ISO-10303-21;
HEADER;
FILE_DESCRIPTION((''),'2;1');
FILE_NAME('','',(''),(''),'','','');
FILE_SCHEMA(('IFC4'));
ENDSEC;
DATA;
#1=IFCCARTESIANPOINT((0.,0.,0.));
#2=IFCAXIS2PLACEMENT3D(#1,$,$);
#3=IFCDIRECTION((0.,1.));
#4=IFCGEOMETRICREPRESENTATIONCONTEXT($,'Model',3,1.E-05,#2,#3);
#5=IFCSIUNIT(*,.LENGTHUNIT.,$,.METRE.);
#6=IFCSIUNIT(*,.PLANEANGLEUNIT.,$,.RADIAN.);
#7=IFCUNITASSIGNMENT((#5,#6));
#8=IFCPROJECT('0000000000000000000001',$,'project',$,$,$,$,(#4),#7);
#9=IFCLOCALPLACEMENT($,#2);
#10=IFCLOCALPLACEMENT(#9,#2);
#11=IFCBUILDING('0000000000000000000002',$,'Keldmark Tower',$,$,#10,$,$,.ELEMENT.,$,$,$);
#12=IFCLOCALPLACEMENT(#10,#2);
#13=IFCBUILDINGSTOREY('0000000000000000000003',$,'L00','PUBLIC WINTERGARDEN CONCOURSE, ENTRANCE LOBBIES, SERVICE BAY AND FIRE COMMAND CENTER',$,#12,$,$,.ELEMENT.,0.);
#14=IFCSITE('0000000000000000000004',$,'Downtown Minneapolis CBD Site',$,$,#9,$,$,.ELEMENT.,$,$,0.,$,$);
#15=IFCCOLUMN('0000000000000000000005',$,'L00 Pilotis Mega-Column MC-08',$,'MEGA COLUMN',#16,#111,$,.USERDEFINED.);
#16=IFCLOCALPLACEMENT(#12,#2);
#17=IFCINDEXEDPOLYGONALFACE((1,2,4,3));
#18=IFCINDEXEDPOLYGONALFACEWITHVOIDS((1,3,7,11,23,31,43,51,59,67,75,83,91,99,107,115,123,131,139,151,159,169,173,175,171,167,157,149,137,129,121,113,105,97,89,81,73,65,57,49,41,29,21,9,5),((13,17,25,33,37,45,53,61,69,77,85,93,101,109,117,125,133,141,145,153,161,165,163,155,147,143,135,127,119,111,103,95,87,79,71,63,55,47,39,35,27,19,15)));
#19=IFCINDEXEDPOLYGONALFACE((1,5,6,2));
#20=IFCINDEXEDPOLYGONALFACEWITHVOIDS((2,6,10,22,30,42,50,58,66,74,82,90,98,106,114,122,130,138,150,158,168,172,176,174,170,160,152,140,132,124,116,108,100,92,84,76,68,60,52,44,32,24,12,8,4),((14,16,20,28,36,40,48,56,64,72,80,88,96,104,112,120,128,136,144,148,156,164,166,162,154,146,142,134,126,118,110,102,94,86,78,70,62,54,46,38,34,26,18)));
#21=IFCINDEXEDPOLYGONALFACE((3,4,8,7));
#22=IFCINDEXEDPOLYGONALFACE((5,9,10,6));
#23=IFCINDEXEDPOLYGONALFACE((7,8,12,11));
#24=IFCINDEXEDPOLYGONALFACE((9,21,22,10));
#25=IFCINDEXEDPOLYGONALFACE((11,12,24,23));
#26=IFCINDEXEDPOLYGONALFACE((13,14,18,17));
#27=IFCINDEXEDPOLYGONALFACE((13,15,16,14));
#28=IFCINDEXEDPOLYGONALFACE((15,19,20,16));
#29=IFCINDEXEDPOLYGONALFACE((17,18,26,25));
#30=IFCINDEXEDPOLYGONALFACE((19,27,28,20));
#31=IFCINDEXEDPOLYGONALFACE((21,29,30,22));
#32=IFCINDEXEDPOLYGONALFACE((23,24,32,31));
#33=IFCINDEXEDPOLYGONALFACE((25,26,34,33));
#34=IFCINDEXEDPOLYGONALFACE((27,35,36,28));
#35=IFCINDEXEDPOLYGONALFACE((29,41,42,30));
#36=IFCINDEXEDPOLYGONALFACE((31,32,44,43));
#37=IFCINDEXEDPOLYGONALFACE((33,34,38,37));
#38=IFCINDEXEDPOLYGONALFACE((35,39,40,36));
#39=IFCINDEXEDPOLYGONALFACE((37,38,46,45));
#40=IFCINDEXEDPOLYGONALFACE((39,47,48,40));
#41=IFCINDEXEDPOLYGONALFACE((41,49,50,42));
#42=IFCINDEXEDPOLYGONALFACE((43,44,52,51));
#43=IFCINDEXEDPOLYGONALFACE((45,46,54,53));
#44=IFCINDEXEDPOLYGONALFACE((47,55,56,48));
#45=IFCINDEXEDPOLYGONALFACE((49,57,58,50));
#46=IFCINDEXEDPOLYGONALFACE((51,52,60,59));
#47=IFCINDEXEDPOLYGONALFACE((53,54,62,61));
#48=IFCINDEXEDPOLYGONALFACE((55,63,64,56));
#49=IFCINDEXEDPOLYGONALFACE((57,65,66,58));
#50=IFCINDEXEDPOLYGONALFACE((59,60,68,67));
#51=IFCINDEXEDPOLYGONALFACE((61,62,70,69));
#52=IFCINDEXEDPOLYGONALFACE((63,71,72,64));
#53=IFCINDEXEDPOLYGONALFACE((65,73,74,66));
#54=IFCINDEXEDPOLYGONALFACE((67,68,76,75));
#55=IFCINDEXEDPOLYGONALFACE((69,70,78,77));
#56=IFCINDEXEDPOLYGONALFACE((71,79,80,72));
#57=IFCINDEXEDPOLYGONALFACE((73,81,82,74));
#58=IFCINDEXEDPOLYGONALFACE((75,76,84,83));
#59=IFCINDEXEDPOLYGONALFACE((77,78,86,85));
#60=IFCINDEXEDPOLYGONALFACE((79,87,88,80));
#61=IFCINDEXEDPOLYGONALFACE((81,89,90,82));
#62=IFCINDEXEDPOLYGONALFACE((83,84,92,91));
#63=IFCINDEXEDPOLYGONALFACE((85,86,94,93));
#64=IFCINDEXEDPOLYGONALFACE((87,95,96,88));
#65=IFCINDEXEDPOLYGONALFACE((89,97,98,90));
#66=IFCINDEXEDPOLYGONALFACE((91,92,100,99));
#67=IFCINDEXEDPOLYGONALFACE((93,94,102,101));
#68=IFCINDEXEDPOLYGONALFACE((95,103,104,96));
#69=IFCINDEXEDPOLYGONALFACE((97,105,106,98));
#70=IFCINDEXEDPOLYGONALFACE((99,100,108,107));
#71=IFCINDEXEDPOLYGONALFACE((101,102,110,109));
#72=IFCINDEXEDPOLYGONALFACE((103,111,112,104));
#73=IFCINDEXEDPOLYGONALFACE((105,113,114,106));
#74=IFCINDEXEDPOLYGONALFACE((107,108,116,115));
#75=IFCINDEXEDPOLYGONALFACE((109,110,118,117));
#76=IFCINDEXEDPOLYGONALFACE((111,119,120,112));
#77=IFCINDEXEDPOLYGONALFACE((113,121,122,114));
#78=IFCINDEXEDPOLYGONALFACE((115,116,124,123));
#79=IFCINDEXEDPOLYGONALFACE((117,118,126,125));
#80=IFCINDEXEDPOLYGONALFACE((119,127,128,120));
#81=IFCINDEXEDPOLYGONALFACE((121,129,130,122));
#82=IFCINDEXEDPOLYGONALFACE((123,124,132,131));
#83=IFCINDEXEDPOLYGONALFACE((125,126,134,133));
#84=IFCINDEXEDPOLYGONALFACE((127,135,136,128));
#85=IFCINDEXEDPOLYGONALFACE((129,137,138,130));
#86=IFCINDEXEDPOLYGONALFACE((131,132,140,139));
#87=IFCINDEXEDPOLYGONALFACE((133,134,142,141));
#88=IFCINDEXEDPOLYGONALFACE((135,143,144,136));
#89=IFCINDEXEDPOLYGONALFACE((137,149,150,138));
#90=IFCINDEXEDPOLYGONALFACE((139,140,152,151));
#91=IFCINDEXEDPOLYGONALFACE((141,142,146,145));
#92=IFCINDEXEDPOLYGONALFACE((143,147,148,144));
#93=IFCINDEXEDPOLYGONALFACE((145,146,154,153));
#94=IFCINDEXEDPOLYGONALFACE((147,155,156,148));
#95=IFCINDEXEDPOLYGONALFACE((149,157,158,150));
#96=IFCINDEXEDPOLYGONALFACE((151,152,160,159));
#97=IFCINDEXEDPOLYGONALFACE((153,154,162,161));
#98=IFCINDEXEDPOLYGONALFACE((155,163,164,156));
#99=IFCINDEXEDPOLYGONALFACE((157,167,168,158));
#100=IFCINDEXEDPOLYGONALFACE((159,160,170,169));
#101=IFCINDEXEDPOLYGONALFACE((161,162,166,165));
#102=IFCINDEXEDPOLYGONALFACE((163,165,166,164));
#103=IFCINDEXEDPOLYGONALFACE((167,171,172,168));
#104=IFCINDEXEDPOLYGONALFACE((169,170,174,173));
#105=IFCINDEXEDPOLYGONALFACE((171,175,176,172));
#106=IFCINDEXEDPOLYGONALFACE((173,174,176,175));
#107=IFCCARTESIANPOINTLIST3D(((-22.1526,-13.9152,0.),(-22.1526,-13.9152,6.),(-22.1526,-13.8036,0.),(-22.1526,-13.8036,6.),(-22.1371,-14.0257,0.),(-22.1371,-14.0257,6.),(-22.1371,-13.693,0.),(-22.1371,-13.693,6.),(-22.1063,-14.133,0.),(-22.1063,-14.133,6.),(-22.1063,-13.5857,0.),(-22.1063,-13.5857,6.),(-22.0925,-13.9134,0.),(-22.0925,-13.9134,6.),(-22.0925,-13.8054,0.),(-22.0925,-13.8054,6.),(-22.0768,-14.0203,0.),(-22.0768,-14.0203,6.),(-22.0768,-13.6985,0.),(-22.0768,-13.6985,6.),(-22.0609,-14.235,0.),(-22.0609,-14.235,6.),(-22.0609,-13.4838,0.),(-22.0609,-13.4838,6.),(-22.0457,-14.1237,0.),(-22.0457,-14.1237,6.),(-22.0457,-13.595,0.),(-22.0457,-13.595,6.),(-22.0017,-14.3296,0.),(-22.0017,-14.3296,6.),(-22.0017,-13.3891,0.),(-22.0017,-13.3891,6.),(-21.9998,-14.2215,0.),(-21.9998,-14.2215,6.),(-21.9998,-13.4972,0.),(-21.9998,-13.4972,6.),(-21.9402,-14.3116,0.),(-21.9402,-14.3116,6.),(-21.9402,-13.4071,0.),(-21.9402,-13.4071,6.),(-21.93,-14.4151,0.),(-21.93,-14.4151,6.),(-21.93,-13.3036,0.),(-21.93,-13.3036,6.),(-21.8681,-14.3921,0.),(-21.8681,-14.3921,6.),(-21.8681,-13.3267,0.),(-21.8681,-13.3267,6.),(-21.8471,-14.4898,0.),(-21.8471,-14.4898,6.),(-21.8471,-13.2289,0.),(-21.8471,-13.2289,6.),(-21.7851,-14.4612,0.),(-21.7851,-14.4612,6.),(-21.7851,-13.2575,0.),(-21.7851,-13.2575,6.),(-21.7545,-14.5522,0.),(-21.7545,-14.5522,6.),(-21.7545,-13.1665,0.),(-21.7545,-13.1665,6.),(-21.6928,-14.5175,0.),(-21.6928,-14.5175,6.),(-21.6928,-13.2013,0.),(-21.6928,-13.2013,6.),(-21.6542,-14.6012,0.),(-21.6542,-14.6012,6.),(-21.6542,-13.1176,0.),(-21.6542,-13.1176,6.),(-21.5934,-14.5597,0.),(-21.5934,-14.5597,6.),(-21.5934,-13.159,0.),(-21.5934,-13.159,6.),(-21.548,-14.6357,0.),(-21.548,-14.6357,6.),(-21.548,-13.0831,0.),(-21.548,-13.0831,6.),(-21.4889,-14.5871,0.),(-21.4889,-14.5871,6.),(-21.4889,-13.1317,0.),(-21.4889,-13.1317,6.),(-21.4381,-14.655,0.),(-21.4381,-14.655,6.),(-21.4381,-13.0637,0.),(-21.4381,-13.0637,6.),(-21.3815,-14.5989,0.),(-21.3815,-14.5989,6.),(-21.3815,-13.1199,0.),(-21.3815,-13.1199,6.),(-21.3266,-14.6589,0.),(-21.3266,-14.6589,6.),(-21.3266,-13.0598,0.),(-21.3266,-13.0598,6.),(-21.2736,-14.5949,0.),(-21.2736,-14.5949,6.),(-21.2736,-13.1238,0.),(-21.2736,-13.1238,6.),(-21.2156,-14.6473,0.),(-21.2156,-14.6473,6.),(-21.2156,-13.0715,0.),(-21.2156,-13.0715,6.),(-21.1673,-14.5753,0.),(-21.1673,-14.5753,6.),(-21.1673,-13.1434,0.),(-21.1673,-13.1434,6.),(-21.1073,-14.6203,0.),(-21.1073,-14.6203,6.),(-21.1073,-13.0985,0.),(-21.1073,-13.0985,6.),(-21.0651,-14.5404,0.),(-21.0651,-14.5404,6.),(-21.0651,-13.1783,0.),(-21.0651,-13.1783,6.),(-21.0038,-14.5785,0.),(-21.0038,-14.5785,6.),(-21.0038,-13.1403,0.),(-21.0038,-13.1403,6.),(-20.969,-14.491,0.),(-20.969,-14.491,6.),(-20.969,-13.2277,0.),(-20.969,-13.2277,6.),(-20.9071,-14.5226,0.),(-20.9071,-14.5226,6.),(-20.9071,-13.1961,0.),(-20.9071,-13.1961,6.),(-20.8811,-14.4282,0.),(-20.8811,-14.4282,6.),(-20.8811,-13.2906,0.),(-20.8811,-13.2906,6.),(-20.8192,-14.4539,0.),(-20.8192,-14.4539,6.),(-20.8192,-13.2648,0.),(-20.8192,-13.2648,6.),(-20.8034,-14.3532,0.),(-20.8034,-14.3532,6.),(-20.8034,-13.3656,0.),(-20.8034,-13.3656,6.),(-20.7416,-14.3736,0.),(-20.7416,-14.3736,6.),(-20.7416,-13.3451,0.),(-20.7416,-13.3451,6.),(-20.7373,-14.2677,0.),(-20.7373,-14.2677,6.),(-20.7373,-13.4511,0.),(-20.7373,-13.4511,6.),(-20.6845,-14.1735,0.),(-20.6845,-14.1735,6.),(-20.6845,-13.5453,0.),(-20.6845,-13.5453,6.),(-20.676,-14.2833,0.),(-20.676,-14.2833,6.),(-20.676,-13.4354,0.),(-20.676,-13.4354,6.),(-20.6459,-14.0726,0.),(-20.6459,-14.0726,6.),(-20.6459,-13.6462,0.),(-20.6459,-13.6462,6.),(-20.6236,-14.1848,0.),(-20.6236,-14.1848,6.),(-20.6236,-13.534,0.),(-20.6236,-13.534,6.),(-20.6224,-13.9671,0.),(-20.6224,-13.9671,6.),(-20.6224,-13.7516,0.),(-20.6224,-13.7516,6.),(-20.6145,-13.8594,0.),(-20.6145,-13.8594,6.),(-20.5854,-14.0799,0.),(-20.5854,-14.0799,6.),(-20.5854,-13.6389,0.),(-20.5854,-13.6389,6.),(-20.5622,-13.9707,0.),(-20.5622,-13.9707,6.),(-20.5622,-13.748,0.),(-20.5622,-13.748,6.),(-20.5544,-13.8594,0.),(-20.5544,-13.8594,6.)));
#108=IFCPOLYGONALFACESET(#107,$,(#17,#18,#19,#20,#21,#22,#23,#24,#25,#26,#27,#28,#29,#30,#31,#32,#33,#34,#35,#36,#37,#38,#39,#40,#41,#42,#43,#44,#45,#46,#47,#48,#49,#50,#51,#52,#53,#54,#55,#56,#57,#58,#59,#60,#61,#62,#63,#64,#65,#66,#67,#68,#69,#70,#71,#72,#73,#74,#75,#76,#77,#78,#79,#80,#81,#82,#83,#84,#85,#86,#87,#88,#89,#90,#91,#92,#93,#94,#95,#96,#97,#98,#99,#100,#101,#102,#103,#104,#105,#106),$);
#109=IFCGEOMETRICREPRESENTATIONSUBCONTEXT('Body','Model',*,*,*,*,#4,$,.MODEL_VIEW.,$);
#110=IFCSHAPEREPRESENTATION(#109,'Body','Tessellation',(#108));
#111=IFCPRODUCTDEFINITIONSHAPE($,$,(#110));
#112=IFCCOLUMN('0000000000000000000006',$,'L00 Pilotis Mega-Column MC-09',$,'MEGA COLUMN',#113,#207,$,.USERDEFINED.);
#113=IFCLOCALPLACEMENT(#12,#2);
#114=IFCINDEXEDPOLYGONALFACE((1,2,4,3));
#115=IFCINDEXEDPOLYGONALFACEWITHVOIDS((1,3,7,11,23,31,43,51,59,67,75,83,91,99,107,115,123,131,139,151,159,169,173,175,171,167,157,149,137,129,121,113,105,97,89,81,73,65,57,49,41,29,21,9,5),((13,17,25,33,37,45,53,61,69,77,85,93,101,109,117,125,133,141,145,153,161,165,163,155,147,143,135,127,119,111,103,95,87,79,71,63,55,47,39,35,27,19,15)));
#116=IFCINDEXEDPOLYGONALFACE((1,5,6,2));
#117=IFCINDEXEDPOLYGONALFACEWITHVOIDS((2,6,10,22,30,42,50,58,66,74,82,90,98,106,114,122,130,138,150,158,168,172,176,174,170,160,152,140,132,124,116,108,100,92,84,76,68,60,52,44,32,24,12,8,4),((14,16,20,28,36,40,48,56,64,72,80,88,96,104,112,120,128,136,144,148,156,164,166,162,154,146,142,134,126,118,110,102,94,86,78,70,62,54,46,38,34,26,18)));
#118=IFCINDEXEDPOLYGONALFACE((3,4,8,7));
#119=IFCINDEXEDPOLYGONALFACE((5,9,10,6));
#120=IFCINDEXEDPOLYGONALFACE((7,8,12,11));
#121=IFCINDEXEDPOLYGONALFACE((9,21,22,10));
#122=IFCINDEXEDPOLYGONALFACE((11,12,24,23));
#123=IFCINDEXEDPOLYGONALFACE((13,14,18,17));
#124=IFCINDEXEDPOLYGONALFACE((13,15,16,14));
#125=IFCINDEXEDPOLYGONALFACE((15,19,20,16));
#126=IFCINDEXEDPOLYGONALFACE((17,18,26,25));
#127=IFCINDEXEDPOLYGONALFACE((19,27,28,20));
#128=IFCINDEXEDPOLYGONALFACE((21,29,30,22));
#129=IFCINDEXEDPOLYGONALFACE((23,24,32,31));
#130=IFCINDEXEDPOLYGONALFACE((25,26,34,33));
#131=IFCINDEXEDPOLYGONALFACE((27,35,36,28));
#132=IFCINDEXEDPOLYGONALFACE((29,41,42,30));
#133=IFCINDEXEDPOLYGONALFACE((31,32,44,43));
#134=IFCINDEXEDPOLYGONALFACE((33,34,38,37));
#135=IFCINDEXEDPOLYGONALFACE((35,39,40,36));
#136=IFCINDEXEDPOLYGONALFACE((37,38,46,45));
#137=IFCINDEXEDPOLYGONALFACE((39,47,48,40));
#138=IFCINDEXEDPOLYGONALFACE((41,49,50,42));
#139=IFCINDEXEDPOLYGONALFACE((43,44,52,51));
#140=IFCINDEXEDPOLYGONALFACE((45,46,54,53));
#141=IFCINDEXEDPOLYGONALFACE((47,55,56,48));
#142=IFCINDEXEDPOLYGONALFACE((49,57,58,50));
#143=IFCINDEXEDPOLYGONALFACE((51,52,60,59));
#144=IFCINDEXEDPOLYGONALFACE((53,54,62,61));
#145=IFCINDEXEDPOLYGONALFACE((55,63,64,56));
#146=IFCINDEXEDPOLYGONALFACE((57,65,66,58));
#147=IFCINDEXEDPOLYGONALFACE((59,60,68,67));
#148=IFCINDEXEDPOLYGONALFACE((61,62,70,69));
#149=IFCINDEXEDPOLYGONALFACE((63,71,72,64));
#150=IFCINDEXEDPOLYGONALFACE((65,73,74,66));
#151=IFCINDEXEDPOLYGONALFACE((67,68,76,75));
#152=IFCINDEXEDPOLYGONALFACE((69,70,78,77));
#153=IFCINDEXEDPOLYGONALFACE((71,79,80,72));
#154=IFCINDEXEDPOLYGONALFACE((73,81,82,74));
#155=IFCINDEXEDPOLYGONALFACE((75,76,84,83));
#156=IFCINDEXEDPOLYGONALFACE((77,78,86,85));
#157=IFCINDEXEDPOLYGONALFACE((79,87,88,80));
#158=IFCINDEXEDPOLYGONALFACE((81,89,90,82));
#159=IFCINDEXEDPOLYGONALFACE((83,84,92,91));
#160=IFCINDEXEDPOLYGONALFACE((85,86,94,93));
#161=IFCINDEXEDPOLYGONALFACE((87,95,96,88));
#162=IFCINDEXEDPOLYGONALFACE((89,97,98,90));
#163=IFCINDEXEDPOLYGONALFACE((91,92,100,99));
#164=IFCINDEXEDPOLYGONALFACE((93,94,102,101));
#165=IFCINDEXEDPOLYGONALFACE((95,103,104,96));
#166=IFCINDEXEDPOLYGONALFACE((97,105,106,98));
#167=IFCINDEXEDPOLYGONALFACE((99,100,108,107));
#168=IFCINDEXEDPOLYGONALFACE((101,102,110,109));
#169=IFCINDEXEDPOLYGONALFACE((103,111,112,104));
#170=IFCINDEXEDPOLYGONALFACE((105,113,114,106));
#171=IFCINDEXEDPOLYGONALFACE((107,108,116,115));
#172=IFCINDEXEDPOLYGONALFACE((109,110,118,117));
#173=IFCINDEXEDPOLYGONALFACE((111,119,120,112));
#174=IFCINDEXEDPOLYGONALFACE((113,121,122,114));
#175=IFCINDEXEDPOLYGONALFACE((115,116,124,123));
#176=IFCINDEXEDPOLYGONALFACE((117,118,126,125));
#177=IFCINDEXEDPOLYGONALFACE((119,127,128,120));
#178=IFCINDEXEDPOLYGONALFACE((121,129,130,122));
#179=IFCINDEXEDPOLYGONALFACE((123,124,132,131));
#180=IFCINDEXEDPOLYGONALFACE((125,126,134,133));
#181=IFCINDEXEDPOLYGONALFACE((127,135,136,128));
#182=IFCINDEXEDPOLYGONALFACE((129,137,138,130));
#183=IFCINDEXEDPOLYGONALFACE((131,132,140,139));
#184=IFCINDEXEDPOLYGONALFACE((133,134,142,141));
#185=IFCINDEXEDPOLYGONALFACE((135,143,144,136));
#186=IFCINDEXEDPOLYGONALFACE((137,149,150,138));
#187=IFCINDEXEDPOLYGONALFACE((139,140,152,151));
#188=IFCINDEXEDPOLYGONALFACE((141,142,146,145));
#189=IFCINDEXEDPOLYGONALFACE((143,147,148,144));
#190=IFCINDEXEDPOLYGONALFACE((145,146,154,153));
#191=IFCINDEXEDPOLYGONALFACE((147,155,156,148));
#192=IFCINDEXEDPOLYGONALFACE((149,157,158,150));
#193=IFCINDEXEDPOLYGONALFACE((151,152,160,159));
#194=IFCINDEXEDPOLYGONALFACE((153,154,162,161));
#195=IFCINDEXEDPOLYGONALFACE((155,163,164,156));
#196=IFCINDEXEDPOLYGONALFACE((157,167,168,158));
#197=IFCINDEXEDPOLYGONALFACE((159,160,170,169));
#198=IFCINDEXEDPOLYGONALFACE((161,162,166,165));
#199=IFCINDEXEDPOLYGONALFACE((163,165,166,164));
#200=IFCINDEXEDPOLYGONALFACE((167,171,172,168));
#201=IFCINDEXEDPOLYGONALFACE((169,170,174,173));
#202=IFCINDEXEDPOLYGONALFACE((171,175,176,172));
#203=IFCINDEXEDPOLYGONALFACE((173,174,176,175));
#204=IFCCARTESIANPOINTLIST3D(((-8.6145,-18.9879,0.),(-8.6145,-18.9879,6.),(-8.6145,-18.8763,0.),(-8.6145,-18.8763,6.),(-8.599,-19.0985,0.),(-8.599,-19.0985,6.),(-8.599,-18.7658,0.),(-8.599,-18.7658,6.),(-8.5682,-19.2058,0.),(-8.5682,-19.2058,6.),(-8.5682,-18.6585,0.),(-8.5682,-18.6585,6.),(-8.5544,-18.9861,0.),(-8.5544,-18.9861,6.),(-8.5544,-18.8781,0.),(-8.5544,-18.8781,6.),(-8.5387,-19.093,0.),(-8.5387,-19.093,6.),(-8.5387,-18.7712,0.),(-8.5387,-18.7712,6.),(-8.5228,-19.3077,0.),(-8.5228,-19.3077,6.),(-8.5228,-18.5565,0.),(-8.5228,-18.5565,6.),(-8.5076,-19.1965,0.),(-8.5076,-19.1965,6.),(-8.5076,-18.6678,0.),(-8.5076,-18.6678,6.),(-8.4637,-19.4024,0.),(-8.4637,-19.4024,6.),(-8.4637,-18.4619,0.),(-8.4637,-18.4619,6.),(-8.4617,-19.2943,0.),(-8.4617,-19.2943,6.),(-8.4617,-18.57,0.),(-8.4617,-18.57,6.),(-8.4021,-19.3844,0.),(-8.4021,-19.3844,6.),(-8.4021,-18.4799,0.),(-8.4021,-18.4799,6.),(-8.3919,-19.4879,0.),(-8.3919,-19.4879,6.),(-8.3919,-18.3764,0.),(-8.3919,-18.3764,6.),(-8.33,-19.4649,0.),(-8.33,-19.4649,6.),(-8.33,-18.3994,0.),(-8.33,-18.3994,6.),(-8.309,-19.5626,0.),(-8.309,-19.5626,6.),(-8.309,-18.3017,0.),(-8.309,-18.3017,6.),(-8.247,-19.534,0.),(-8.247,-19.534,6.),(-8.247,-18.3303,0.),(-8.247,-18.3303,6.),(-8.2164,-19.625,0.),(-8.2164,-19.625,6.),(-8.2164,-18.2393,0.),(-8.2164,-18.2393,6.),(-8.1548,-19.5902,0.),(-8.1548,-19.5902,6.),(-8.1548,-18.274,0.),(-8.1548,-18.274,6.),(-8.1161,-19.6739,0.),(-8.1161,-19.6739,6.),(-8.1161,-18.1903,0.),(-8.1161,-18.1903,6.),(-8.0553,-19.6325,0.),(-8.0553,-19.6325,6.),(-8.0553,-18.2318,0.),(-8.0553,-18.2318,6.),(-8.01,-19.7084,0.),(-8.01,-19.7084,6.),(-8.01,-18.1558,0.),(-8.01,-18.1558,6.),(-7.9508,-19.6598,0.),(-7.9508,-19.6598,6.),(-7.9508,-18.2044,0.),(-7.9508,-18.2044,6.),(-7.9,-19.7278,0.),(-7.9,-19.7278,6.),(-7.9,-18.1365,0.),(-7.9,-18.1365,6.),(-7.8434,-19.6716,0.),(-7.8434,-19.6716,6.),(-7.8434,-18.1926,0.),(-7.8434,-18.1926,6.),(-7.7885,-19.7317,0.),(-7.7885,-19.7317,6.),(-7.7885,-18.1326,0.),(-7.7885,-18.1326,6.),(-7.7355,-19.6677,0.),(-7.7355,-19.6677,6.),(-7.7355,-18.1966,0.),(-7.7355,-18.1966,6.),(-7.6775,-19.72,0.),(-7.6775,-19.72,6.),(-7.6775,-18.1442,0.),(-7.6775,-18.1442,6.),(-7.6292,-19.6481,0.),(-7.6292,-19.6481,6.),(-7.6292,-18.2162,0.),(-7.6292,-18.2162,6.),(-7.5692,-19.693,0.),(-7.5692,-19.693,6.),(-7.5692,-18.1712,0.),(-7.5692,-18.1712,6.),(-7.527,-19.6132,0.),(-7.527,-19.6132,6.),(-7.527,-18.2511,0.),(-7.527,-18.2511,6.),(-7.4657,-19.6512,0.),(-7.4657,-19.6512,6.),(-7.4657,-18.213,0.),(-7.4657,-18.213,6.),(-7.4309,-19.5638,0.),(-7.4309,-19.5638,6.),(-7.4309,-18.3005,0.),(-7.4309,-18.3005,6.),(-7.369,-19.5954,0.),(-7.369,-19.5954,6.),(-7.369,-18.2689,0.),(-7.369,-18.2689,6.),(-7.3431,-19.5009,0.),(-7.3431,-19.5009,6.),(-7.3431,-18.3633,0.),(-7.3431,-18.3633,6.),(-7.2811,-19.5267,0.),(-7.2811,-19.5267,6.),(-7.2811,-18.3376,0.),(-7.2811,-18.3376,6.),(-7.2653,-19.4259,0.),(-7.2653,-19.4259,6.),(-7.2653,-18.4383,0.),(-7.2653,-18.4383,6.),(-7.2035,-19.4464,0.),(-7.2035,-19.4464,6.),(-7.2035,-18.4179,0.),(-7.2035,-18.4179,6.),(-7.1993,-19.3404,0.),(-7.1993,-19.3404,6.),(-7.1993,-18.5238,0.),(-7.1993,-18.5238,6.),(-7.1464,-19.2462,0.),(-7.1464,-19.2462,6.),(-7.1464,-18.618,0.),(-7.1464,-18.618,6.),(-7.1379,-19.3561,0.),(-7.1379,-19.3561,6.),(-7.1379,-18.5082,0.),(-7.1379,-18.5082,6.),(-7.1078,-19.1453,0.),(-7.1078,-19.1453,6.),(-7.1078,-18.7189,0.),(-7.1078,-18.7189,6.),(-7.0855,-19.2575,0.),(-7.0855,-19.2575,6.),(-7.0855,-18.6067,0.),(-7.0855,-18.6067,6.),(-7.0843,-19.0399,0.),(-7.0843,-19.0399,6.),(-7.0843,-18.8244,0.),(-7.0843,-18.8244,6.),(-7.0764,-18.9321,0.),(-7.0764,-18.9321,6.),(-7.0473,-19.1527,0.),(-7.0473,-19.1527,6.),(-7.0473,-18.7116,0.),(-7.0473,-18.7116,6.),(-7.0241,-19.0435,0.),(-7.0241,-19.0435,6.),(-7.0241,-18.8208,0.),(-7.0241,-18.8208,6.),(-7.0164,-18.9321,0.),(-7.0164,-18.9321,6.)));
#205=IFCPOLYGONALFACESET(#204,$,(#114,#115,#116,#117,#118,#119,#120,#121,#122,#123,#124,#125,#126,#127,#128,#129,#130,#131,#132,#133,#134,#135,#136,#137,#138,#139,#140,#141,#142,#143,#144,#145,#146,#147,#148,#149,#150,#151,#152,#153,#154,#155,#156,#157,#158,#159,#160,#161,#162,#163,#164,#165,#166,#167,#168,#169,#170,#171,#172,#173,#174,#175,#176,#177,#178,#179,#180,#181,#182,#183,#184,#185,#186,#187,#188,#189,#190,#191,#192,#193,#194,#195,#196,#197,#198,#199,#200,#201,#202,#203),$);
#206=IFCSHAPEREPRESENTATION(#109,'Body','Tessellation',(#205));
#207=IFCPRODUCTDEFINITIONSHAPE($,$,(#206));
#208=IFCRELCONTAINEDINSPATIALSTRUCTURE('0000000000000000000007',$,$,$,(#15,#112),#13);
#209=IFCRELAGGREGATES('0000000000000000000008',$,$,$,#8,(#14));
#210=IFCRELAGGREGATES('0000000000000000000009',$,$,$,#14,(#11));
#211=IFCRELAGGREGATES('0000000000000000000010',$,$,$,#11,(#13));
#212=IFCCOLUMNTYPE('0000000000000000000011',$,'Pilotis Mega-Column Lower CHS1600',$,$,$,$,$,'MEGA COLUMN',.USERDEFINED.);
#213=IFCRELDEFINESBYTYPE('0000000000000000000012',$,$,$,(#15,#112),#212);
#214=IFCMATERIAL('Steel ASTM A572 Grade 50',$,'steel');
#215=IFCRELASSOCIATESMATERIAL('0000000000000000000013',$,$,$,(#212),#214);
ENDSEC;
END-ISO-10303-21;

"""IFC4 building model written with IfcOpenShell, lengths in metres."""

from ifc_helpers import new_model, si_unit, direction, frame, origin, origin_2d, place, context, subcontext, project, spatial, hollow_circle, extrude, material, material_profile, profile_set, type_object, element, save


model = new_model("IFC4")

# Units and contexts
model_context = context("Model", 3, precision=1e-05, world=origin(), true_north=direction((0.0, 1.0)))
body_context = subcontext(model_context, "Body", "Model", "MODEL_VIEW")
ifc_project = project(units=[si_unit("LENGTHUNIT", "METRE"), si_unit("PLANEANGLEUNIT", "RADIAN")], contexts=[model_context])

# Site, building, storey
site_placement = place(None, origin())
site = spatial("IfcSite", under=ifc_project, at=site_placement, Name="Downtown Minneapolis CBD Site", CompositionType="ELEMENT", RefElevation=0.0)
building_placement = place(site_placement, origin())
building = spatial("IfcBuilding", under=site, at=building_placement, Name="Keldmark Tower", CompositionType="ELEMENT")
storey_placement = place(building_placement, origin())
storey = spatial("IfcBuildingStorey", under=building, at=storey_placement, Name="L00", Description="PUBLIC WINTERGARDEN CONCOURSE, ENTRANCE LOBBIES, SERVICE BAY AND FIRE COMMAND CENTER", CompositionType="ELEMENT", Elevation=0.0)

# Columns
ifc_material_1 = material(Name="Steel ASTM A572 Grade 50", Category="steel")
ifc_material_profile_1 = material_profile(ifc_material_1, hollow_circle(Radius=0.8, WallThickness=0.0601, at=origin_2d()), Name="CHS1600X60")
ifc_profile_set_1 = profile_set([ifc_material_profile_1], Name="Steel ASTM A572 Grade 50")
column_type = type_object("IfcColumnType", Name="Pilotis Mega-Column Lower CHS1600", ElementType="MEGA COLUMN", PredefinedType="USERDEFINED", material=ifc_profile_set_1)
for number, where, z_axis, x_axis, name in (
    (1, (-21.3545, -13.8594, 0.0), (0.0, 0.0, 1.0), (1.0, 0.0, 0.0), "L00 Pilotis Mega-Column MC-08"),
    (2, (-7.8164, -18.9321, 0.0), (0.0, 0.0, 1.0), (1.0, 0.0, 0.0), "L00 Pilotis Mega-Column MC-09"),
):
    element("IfcColumn", number, at=place(storey_placement, frame(where, z_axis=z_axis, x_axis=x_axis)), inside=storey, type_object=column_type, Name=name, ObjectType="MEGA COLUMN", PredefinedType="USERDEFINED", context=body_context, shape_type="SweptSolid", body=[
        extrude(hollow_circle(Radius=0.8, WallThickness=0.0601, at=origin_2d()), origin(), (0.0, 0.0, 1.0), 6.0),
    ])

save(model, "model.ifc")
